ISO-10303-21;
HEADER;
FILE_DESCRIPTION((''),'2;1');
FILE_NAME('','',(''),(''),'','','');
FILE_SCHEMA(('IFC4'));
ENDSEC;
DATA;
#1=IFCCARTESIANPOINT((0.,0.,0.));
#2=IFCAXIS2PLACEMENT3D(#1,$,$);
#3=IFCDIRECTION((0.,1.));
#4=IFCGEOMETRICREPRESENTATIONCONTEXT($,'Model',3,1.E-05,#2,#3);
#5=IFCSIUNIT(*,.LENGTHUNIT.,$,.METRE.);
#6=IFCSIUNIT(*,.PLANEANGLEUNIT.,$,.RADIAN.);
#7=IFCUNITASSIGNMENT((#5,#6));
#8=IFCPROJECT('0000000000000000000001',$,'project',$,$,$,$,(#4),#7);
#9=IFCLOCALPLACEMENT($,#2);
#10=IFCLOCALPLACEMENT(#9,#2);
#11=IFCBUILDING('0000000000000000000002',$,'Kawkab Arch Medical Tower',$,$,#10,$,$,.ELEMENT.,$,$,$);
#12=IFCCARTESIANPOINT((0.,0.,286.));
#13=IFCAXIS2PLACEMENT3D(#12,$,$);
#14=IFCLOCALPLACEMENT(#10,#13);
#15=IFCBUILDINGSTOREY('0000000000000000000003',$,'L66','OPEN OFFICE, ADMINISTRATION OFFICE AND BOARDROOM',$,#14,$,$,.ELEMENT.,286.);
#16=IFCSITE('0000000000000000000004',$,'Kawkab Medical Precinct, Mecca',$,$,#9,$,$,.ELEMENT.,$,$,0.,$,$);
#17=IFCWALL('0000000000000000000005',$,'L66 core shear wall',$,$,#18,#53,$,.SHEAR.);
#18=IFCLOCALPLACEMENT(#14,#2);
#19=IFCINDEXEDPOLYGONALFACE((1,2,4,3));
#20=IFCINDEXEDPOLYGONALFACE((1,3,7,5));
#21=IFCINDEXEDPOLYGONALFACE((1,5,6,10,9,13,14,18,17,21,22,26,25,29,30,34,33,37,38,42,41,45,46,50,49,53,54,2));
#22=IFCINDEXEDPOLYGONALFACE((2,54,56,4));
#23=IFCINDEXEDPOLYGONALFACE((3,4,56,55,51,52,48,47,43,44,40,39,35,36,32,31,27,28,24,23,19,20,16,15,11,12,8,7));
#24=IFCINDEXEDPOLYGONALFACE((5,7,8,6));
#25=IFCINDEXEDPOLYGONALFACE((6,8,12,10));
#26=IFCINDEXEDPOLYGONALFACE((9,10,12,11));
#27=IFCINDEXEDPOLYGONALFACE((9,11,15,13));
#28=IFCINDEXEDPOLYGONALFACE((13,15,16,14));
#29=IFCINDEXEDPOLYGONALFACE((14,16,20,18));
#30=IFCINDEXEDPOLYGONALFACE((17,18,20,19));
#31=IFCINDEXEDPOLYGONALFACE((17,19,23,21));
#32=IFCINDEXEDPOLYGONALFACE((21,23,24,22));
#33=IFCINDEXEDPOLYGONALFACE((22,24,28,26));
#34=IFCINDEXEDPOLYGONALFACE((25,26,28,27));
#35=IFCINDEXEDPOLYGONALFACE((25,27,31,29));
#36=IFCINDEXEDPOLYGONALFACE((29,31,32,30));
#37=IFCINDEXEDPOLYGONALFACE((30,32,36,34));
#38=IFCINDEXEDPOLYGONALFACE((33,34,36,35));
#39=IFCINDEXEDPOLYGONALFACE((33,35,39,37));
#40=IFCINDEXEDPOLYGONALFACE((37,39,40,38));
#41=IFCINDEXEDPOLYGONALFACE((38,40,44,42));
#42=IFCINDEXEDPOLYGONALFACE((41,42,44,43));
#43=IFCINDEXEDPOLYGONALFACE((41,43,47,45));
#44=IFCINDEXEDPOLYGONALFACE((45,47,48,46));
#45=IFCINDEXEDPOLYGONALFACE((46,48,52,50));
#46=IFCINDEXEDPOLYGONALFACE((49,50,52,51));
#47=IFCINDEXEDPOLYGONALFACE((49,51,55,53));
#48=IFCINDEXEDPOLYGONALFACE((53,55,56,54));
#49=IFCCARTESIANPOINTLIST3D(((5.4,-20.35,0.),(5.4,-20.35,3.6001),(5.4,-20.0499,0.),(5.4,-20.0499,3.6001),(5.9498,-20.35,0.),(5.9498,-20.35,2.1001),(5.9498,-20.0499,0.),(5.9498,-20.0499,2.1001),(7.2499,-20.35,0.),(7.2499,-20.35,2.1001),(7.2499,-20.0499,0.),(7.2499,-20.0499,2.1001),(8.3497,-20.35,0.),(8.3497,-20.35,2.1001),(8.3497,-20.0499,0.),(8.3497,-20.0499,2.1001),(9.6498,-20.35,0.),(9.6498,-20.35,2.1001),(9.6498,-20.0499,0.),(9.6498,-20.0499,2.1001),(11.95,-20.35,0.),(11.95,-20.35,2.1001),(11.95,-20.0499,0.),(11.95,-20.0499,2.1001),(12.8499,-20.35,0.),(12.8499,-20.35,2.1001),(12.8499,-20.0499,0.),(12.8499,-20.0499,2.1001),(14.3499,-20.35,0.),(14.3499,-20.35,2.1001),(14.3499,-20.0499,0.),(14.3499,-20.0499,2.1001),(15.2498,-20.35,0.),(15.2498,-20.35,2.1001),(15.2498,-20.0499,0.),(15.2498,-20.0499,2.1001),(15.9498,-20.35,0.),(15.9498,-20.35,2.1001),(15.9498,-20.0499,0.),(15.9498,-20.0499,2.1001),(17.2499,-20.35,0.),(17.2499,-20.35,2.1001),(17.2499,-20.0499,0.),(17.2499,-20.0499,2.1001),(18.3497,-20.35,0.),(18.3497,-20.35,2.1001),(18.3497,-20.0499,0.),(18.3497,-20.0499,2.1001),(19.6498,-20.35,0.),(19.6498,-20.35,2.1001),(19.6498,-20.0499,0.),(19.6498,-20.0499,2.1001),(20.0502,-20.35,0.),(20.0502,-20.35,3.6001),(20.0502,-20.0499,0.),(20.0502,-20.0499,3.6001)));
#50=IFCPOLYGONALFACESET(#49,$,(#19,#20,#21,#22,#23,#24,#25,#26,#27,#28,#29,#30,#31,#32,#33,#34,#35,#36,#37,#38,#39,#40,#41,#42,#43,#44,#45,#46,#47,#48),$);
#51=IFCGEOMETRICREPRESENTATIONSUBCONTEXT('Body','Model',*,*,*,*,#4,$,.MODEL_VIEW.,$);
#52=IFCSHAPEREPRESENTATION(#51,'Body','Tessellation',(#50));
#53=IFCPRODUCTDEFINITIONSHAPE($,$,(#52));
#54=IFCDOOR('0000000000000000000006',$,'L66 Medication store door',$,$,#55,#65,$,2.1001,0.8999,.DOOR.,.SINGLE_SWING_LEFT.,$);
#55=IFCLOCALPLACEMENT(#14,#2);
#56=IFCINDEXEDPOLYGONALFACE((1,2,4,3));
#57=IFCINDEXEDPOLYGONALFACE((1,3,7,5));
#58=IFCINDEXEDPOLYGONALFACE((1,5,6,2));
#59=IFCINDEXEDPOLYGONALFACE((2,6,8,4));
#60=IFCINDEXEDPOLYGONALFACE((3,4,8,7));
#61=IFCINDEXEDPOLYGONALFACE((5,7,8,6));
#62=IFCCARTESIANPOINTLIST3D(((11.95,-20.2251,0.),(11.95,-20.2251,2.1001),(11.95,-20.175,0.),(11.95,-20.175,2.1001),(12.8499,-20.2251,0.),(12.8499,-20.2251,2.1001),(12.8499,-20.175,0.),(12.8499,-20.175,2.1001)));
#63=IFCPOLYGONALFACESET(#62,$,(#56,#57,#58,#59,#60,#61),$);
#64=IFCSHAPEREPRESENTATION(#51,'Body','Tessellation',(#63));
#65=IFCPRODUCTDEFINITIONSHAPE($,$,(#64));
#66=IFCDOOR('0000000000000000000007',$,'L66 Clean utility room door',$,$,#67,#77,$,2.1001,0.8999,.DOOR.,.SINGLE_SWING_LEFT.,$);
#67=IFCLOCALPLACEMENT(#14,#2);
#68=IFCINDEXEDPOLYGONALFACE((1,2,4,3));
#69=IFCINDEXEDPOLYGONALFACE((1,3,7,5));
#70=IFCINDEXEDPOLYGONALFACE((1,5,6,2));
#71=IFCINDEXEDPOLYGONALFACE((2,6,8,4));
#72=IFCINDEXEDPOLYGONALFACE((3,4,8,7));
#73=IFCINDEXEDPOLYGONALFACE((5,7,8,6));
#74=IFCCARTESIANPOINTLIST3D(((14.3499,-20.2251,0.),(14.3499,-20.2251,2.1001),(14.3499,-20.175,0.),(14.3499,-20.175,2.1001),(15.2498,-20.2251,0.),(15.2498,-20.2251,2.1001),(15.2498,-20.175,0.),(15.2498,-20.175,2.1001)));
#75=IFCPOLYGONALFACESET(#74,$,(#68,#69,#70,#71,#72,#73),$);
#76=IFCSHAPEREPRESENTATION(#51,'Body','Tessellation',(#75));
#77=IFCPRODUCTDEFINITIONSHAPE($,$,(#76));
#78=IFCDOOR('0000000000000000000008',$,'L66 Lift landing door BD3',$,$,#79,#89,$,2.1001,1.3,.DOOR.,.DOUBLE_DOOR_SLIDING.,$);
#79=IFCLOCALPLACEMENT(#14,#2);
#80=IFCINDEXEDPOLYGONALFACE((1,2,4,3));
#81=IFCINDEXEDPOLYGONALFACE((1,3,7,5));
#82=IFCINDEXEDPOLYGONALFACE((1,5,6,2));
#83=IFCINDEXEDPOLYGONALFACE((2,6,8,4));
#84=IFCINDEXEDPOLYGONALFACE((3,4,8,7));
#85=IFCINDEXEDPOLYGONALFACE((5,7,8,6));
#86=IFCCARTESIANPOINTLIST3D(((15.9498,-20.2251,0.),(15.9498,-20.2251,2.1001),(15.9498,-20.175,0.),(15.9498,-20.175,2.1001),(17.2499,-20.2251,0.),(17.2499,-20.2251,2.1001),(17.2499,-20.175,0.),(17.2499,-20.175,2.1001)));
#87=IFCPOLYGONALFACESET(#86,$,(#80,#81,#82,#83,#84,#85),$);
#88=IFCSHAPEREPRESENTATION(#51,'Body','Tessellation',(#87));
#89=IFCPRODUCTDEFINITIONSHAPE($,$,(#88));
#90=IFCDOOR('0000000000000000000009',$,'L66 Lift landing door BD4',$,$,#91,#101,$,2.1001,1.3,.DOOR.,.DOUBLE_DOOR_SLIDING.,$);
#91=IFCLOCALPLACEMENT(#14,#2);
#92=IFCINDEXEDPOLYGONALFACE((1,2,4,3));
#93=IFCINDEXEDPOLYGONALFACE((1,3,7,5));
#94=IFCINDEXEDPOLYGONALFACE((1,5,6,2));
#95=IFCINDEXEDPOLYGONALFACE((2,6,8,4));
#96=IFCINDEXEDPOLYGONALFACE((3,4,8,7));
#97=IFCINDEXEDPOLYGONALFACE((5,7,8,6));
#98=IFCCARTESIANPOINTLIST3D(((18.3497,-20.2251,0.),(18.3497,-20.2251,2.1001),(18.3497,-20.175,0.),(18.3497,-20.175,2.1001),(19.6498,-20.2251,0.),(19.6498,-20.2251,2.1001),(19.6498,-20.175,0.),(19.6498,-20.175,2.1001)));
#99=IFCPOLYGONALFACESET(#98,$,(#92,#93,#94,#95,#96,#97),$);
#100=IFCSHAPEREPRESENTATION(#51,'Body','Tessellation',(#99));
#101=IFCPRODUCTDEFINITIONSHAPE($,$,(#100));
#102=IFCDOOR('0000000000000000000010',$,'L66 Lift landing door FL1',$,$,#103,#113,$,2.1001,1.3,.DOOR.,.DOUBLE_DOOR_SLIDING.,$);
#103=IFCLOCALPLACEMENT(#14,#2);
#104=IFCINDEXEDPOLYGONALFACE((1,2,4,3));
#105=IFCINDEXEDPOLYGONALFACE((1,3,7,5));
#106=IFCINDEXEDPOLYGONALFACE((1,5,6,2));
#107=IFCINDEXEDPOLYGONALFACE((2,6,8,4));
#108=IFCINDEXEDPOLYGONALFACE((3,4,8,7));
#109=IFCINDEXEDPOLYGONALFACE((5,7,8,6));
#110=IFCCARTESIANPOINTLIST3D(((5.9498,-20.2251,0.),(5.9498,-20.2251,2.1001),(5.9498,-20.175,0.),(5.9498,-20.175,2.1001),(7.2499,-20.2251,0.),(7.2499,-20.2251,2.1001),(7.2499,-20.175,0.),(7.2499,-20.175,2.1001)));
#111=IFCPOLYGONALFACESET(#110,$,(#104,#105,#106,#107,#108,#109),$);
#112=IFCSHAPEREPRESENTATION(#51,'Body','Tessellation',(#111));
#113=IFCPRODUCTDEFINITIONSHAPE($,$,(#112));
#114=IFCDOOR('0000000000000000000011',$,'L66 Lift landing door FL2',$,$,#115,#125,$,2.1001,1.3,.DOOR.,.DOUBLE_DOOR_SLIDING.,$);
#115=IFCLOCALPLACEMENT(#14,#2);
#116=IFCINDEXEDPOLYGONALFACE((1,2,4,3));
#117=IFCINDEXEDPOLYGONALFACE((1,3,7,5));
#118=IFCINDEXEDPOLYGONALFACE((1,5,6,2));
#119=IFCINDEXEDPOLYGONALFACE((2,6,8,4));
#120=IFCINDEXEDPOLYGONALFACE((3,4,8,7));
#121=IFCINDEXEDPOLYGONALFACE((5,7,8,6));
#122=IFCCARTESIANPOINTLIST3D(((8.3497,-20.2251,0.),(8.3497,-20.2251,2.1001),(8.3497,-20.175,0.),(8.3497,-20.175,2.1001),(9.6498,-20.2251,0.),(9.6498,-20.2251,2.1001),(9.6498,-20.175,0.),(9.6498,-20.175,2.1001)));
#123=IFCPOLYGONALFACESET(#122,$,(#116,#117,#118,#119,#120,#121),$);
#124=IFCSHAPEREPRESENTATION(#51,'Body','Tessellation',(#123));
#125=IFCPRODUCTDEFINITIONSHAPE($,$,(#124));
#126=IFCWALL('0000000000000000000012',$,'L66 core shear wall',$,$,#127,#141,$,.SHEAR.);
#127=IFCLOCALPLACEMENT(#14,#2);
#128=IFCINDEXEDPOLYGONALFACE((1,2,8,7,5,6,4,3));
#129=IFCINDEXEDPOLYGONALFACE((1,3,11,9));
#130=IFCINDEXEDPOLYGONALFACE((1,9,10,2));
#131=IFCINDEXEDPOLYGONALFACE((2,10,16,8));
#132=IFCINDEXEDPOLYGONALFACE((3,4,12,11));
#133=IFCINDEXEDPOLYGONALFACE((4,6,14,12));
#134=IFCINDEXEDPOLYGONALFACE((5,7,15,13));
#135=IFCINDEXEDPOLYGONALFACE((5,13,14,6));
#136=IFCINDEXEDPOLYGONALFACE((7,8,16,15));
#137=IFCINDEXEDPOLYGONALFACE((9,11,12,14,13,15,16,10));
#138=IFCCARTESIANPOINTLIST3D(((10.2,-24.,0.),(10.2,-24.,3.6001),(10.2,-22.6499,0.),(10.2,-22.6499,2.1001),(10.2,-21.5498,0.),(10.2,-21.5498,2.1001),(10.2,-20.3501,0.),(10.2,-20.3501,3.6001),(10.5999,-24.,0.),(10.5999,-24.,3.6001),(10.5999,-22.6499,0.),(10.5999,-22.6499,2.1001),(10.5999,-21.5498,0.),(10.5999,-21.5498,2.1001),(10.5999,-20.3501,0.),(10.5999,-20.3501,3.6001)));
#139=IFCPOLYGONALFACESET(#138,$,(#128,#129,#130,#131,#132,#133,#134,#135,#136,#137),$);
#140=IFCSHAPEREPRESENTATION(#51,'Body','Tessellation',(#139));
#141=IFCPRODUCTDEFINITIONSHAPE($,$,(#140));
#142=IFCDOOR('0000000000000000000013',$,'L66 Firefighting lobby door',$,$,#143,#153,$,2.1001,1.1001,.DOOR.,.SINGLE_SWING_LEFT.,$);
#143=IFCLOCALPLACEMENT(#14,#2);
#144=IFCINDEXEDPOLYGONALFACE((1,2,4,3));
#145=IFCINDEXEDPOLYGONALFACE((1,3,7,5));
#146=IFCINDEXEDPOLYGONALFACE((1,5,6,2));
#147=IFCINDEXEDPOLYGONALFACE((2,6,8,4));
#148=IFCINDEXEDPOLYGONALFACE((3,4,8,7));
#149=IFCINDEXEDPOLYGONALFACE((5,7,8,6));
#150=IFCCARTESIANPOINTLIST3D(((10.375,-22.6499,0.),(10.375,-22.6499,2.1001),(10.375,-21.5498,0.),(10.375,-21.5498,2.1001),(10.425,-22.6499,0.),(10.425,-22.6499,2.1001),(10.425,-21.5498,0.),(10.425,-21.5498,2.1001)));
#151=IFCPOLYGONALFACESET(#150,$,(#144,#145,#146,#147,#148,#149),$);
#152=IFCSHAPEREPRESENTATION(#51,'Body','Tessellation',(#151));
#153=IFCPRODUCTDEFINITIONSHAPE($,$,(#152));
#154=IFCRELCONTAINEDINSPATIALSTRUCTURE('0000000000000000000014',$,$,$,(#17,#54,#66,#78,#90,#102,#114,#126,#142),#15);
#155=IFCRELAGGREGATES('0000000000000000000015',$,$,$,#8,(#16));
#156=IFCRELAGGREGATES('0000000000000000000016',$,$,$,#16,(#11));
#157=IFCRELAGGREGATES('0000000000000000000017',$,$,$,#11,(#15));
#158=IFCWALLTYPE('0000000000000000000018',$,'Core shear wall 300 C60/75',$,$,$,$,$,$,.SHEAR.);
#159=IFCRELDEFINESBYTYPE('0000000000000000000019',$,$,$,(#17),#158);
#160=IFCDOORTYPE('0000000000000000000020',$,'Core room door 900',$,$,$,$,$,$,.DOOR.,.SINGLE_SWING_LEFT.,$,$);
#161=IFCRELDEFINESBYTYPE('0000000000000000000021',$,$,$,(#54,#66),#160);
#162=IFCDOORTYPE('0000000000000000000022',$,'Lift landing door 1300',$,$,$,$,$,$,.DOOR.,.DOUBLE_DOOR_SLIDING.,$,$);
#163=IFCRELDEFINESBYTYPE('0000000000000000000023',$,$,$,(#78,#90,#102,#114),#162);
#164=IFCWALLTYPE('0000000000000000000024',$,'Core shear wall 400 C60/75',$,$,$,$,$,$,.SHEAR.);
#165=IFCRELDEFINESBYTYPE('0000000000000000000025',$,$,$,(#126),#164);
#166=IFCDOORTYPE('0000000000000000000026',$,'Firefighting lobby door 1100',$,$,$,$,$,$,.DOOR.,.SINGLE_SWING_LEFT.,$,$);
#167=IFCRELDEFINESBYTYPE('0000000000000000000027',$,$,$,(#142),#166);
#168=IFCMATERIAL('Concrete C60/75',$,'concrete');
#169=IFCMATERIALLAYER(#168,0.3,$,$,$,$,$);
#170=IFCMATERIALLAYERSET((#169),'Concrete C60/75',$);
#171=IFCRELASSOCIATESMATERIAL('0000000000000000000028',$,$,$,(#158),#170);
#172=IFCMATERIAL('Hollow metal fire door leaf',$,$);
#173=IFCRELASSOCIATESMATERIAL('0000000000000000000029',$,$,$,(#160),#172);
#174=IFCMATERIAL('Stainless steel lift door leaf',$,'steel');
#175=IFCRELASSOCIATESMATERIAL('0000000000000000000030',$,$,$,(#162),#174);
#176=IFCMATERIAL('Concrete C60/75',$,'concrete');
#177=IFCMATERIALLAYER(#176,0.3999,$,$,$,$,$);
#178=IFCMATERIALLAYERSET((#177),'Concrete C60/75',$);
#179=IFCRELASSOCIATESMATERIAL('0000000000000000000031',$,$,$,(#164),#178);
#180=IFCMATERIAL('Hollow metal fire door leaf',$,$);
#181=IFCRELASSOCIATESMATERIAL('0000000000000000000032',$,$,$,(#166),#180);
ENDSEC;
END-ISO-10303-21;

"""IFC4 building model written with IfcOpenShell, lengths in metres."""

from ifc_helpers import new_model, si_unit, direction, frame, frame_2d, origin, place, context, subcontext, project, spatial, rectangle, extrude, material, layer, layer_set, type_object, element, fill, save


model = new_model("IFC4")

# Units and contexts
model_context = context("Model", 3, precision=1e-05, world=origin(), true_north=direction((0.0, 1.0)))
body_context = subcontext(model_context, "Body", "Model", "MODEL_VIEW")
ifc_project = project(units=[si_unit("LENGTHUNIT", "METRE"), si_unit("PLANEANGLEUNIT", "RADIAN")], contexts=[model_context])

# Site, building, storey
site_placement = place(None, origin())
site = spatial("IfcSite", under=ifc_project, at=site_placement, Name="Kawkab Medical Precinct, Mecca", CompositionType="ELEMENT", RefElevation=0.0)
building_placement = place(site_placement, origin())
building = spatial("IfcBuilding", under=site, at=building_placement, Name="Kawkab Arch Medical Tower", CompositionType="ELEMENT")
storey_placement = place(building_placement, frame((0.0, 0.0, 286.0)))
storey = spatial("IfcBuildingStorey", under=building, at=storey_placement, Name="L66", Description="OPEN OFFICE, ADMINISTRATION OFFICE AND BOARDROOM", CompositionType="ELEMENT", Elevation=286.0)

# Wall, openings, doors
ifc_material_1 = material(Name="Concrete C60/75", Category="concrete")
ifc_layer_1 = layer(ifc_material_1, 0.3)
ifc_layer_set_1 = layer_set([ifc_layer_1], Name="Concrete C60/75")
wall_type_1 = type_object("IfcWallType", Name="Core shear wall 300 C60/75", PredefinedType="SHEAR", material=ifc_layer_set_1)
wall_1_placement = place(storey_placement, frame((5.3999, -20.2, 0.0), z_axis=(0.0, 0.0, 1.0), x_axis=(1.0, 0.0, 0.0)))
wall_1 = element("IfcWall", 1, at=wall_1_placement, inside=storey, type_object=wall_type_1, Name="L66 core shear wall", PredefinedType="SHEAR", context=body_context, shape_type="SweptSolid", body=[
    extrude(rectangle(XDim=14.6501, YDim=0.3, at=frame_2d((7.3252, 0.0))), origin(), (0.0, 0.0, 1.0), 3.6001),
])
opening_1_placement = place(wall_1_placement, frame((10.55, 0.0, 0.0)))
opening_1 = element("IfcOpeningElement", 2, at=opening_1_placement, cuts=wall_1, PredefinedType="OPENING", context=body_context, shape_type="SweptSolid", body=[
    extrude(rectangle(XDim=1.3, YDim=2.1001, at=frame_2d((0.6499, 1.05))), frame((0.0, 0.1599, 0.0), z_axis=(0.0, -1.0, 0.0), x_axis=(1.0, 0.0, 0.0)), (0.0, 0.0, 1.0), 0.3201),
])
opening_2_placement = place(wall_1_placement, frame((12.95, 0.0, 0.0)))
opening_2 = element("IfcOpeningElement", 3, at=opening_2_placement, cuts=wall_1, PredefinedType="OPENING", context=body_context, shape_type="SweptSolid", body=[
    extrude(rectangle(XDim=1.3, YDim=2.1001, at=frame_2d((0.6499, 1.05))), frame((0.0, 0.1599, 0.0), z_axis=(0.0, -1.0, 0.0), x_axis=(1.0, 0.0, 0.0)), (0.0, 0.0, 1.0), 0.3201),
])
opening_3_placement = place(wall_1_placement, frame((0.55, 0.0, 0.0)))
opening_3 = element("IfcOpeningElement", 4, at=opening_3_placement, cuts=wall_1, PredefinedType="OPENING", context=body_context, shape_type="SweptSolid", body=[
    extrude(rectangle(XDim=1.3, YDim=2.1001, at=frame_2d((0.6499, 1.05))), frame((0.0, 0.1599, 0.0), z_axis=(0.0, -1.0, 0.0), x_axis=(1.0, 0.0, 0.0)), (0.0, 0.0, 1.0), 0.3201),
])
opening_4_placement = place(wall_1_placement, frame((2.95, 0.0, 0.0)))
opening_4 = element("IfcOpeningElement", 5, at=opening_4_placement, cuts=wall_1, PredefinedType="OPENING", context=body_context, shape_type="SweptSolid", body=[
    extrude(rectangle(XDim=1.3, YDim=2.1001, at=frame_2d((0.6499, 1.05))), frame((0.0, 0.1599, 0.0), z_axis=(0.0, -1.0, 0.0), x_axis=(1.0, 0.0, 0.0)), (0.0, 0.0, 1.0), 0.3201),
])
opening_5_placement = place(wall_1_placement, frame((6.55, 0.0, 0.0)))
opening_5 = element("IfcOpeningElement", 6, at=opening_5_placement, cuts=wall_1, PredefinedType="OPENING", context=body_context, shape_type="SweptSolid", body=[
    extrude(rectangle(XDim=0.8999, YDim=2.1001, at=frame_2d((0.45, 1.05))), frame((0.0, 0.1599, 0.0), z_axis=(0.0, -1.0, 0.0), x_axis=(1.0, 0.0, 0.0)), (0.0, 0.0, 1.0), 0.3201),
])
opening_6_placement = place(wall_1_placement, frame((8.95, 0.0, 0.0)))
opening_6 = element("IfcOpeningElement", 7, at=opening_6_placement, cuts=wall_1, PredefinedType="OPENING", context=body_context, shape_type="SweptSolid", body=[
    extrude(rectangle(XDim=0.8999, YDim=2.1001, at=frame_2d((0.45, 1.05))), frame((0.0, 0.1599, 0.0), z_axis=(0.0, -1.0, 0.0), x_axis=(1.0, 0.0, 0.0)), (0.0, 0.0, 1.0), 0.3201),
])
ifc_material_2 = material(Name="Hollow metal fire door leaf")
door_type_1 = type_object("IfcDoorType", Name="Core room door 900", OperationType="SINGLE_SWING_LEFT", PredefinedType="DOOR", material=ifc_material_2)
door_1_placement = place(opening_5_placement, origin())
door_1 = element("IfcDoor", 8, at=door_1_placement, inside=storey, type_object=door_type_1, Name="L66 Medication store door", OperationType="SINGLE_SWING_LEFT", OverallHeight=2.1001, OverallWidth=0.8999, PredefinedType="DOOR", context=body_context, shape_type="SweptSolid", body=[
    extrude(rectangle(XDim=0.8999, YDim=2.1001, at=frame_2d((0.45, 1.05))), frame((0.0, 0.0249, 0.0), z_axis=(0.0, -1.0, 0.0), x_axis=(1.0, 0.0, 0.0)), (0.0, 0.0, 1.0), 0.05),
])
fill(opening_5, door_1)
door_2_placement = place(opening_6_placement, origin())
door_2 = element("IfcDoor", 9, at=door_2_placement, inside=storey, type_object=door_type_1, Name="L66 Clean utility room door", OperationType="SINGLE_SWING_LEFT", OverallHeight=2.1001, OverallWidth=0.8999, PredefinedType="DOOR", context=body_context, shape_type="SweptSolid", body=[
    extrude(rectangle(XDim=0.8999, YDim=2.1001, at=frame_2d((0.45, 1.05))), frame((0.0, 0.0249, 0.0), z_axis=(0.0, -1.0, 0.0), x_axis=(1.0, 0.0, 0.0)), (0.0, 0.0, 1.0), 0.05),
])
fill(opening_6, door_2)
ifc_material_3 = material(Name="Stainless steel lift door leaf", Category="steel")
door_type_2 = type_object("IfcDoorType", Name="Lift landing door 1300", OperationType="DOUBLE_DOOR_SLIDING", PredefinedType="DOOR", material=ifc_material_3)
door_3_placement = place(opening_1_placement, origin())
door_3 = element("IfcDoor", 10, at=door_3_placement, inside=storey, type_object=door_type_2, Name="L66 Lift landing door BD3", OperationType="DOUBLE_DOOR_SLIDING", OverallHeight=2.1001, OverallWidth=1.3, PredefinedType="DOOR", context=body_context, shape_type="SweptSolid", body=[
    extrude(rectangle(XDim=1.3, YDim=2.1001, at=frame_2d((0.6499, 1.05))), frame((0.0, 0.0249, 0.0), z_axis=(0.0, -1.0, 0.0), x_axis=(1.0, 0.0, 0.0)), (0.0, 0.0, 1.0), 0.05),
])
fill(opening_1, door_3)
door_4_placement = place(opening_2_placement, origin())
door_4 = element("IfcDoor", 11, at=door_4_placement, inside=storey, type_object=door_type_2, Name="L66 Lift landing door BD4", OperationType="DOUBLE_DOOR_SLIDING", OverallHeight=2.1001, OverallWidth=1.3, PredefinedType="DOOR", context=body_context, shape_type="SweptSolid", body=[
    extrude(rectangle(XDim=1.3, YDim=2.1001, at=frame_2d((0.6499, 1.05))), frame((0.0, 0.0249, 0.0), z_axis=(0.0, -1.0, 0.0), x_axis=(1.0, 0.0, 0.0)), (0.0, 0.0, 1.0), 0.05),
])
fill(opening_2, door_4)
door_5_placement = place(opening_3_placement, origin())
door_5 = element("IfcDoor", 12, at=door_5_placement, inside=storey, type_object=door_type_2, Name="L66 Lift landing door FL1", OperationType="DOUBLE_DOOR_SLIDING", OverallHeight=2.1001, OverallWidth=1.3, PredefinedType="DOOR", context=body_context, shape_type="SweptSolid", body=[
    extrude(rectangle(XDim=1.3, YDim=2.1001, at=frame_2d((0.6499, 1.05))), frame((0.0, 0.0249, 0.0), z_axis=(0.0, -1.0, 0.0), x_axis=(1.0, 0.0, 0.0)), (0.0, 0.0, 1.0), 0.05),
])
fill(opening_3, door_5)
door_6_placement = place(opening_4_placement, origin())
door_6 = element("IfcDoor", 13, at=door_6_placement, inside=storey, type_object=door_type_2, Name="L66 Lift landing door FL2", OperationType="DOUBLE_DOOR_SLIDING", OverallHeight=2.1001, OverallWidth=1.3, PredefinedType="DOOR", context=body_context, shape_type="SweptSolid", body=[
    extrude(rectangle(XDim=1.3, YDim=2.1001, at=frame_2d((0.6499, 1.05))), frame((0.0, 0.0249, 0.0), z_axis=(0.0, -1.0, 0.0), x_axis=(1.0, 0.0, 0.0)), (0.0, 0.0, 1.0), 0.05),
])
fill(opening_4, door_6)

# Wall, opening, door
ifc_material_4 = material(Name="Concrete C60/75", Category="concrete")
ifc_layer_2 = layer(ifc_material_4, 0.3999)
ifc_layer_set_2 = layer_set([ifc_layer_2], Name="Concrete C60/75")
wall_type_2 = type_object("IfcWallType", Name="Core shear wall 400 C60/75", PredefinedType="SHEAR", material=ifc_layer_set_2)
wall_2_placement = place(storey_placement, frame((10.3999, -24.0, 0.0), z_axis=(0.0, 0.0, 1.0), x_axis=(0.0, 1.0, 0.0)))
wall_2 = element("IfcWall", 14, at=wall_2_placement, inside=storey, type_object=wall_type_2, Name="L66 core shear wall", PredefinedType="SHEAR", context=body_context, shape_type="SweptSolid", body=[
    extrude(rectangle(XDim=3.6499, YDim=0.3999, at=frame_2d((1.825, 0.0))), origin(), (0.0, 0.0, 1.0), 3.6001),
])
opening_7_placement = place(wall_2_placement, frame((1.3501, 0.0, 0.0)))
opening_7 = element("IfcOpeningElement", 15, at=opening_7_placement, cuts=wall_2, PredefinedType="OPENING", context=body_context, shape_type="SweptSolid", body=[
    extrude(rectangle(XDim=1.1001, YDim=2.1001, at=frame_2d((0.55, 1.05))), frame((0.0, 0.21, 0.0), z_axis=(0.0, -1.0, 0.0), x_axis=(1.0, 0.0, 0.0)), (0.0, 0.0, 1.0), 0.4199),
])
ifc_material_5 = material(Name="Hollow metal fire door leaf")
door_type_3 = type_object("IfcDoorType", Name="Firefighting lobby door 1100", OperationType="SINGLE_SWING_LEFT", PredefinedType="DOOR", material=ifc_material_5)
door_7_placement = place(opening_7_placement, origin())
door_7 = element("IfcDoor", 16, at=door_7_placement, inside=storey, type_object=door_type_3, Name="L66 Firefighting lobby door", OperationType="SINGLE_SWING_LEFT", OverallHeight=2.1001, OverallWidth=1.1001, PredefinedType="DOOR", context=body_context, shape_type="SweptSolid", body=[
    extrude(rectangle(XDim=1.1001, YDim=2.1001, at=frame_2d((0.55, 1.05))), frame((0.0, 0.0249, 0.0), z_axis=(0.0, -1.0, 0.0), x_axis=(1.0, 0.0, 0.0)), (0.0, 0.0, 1.0), 0.05),
])
fill(opening_7, door_7)

save(model, "model.ifc")
